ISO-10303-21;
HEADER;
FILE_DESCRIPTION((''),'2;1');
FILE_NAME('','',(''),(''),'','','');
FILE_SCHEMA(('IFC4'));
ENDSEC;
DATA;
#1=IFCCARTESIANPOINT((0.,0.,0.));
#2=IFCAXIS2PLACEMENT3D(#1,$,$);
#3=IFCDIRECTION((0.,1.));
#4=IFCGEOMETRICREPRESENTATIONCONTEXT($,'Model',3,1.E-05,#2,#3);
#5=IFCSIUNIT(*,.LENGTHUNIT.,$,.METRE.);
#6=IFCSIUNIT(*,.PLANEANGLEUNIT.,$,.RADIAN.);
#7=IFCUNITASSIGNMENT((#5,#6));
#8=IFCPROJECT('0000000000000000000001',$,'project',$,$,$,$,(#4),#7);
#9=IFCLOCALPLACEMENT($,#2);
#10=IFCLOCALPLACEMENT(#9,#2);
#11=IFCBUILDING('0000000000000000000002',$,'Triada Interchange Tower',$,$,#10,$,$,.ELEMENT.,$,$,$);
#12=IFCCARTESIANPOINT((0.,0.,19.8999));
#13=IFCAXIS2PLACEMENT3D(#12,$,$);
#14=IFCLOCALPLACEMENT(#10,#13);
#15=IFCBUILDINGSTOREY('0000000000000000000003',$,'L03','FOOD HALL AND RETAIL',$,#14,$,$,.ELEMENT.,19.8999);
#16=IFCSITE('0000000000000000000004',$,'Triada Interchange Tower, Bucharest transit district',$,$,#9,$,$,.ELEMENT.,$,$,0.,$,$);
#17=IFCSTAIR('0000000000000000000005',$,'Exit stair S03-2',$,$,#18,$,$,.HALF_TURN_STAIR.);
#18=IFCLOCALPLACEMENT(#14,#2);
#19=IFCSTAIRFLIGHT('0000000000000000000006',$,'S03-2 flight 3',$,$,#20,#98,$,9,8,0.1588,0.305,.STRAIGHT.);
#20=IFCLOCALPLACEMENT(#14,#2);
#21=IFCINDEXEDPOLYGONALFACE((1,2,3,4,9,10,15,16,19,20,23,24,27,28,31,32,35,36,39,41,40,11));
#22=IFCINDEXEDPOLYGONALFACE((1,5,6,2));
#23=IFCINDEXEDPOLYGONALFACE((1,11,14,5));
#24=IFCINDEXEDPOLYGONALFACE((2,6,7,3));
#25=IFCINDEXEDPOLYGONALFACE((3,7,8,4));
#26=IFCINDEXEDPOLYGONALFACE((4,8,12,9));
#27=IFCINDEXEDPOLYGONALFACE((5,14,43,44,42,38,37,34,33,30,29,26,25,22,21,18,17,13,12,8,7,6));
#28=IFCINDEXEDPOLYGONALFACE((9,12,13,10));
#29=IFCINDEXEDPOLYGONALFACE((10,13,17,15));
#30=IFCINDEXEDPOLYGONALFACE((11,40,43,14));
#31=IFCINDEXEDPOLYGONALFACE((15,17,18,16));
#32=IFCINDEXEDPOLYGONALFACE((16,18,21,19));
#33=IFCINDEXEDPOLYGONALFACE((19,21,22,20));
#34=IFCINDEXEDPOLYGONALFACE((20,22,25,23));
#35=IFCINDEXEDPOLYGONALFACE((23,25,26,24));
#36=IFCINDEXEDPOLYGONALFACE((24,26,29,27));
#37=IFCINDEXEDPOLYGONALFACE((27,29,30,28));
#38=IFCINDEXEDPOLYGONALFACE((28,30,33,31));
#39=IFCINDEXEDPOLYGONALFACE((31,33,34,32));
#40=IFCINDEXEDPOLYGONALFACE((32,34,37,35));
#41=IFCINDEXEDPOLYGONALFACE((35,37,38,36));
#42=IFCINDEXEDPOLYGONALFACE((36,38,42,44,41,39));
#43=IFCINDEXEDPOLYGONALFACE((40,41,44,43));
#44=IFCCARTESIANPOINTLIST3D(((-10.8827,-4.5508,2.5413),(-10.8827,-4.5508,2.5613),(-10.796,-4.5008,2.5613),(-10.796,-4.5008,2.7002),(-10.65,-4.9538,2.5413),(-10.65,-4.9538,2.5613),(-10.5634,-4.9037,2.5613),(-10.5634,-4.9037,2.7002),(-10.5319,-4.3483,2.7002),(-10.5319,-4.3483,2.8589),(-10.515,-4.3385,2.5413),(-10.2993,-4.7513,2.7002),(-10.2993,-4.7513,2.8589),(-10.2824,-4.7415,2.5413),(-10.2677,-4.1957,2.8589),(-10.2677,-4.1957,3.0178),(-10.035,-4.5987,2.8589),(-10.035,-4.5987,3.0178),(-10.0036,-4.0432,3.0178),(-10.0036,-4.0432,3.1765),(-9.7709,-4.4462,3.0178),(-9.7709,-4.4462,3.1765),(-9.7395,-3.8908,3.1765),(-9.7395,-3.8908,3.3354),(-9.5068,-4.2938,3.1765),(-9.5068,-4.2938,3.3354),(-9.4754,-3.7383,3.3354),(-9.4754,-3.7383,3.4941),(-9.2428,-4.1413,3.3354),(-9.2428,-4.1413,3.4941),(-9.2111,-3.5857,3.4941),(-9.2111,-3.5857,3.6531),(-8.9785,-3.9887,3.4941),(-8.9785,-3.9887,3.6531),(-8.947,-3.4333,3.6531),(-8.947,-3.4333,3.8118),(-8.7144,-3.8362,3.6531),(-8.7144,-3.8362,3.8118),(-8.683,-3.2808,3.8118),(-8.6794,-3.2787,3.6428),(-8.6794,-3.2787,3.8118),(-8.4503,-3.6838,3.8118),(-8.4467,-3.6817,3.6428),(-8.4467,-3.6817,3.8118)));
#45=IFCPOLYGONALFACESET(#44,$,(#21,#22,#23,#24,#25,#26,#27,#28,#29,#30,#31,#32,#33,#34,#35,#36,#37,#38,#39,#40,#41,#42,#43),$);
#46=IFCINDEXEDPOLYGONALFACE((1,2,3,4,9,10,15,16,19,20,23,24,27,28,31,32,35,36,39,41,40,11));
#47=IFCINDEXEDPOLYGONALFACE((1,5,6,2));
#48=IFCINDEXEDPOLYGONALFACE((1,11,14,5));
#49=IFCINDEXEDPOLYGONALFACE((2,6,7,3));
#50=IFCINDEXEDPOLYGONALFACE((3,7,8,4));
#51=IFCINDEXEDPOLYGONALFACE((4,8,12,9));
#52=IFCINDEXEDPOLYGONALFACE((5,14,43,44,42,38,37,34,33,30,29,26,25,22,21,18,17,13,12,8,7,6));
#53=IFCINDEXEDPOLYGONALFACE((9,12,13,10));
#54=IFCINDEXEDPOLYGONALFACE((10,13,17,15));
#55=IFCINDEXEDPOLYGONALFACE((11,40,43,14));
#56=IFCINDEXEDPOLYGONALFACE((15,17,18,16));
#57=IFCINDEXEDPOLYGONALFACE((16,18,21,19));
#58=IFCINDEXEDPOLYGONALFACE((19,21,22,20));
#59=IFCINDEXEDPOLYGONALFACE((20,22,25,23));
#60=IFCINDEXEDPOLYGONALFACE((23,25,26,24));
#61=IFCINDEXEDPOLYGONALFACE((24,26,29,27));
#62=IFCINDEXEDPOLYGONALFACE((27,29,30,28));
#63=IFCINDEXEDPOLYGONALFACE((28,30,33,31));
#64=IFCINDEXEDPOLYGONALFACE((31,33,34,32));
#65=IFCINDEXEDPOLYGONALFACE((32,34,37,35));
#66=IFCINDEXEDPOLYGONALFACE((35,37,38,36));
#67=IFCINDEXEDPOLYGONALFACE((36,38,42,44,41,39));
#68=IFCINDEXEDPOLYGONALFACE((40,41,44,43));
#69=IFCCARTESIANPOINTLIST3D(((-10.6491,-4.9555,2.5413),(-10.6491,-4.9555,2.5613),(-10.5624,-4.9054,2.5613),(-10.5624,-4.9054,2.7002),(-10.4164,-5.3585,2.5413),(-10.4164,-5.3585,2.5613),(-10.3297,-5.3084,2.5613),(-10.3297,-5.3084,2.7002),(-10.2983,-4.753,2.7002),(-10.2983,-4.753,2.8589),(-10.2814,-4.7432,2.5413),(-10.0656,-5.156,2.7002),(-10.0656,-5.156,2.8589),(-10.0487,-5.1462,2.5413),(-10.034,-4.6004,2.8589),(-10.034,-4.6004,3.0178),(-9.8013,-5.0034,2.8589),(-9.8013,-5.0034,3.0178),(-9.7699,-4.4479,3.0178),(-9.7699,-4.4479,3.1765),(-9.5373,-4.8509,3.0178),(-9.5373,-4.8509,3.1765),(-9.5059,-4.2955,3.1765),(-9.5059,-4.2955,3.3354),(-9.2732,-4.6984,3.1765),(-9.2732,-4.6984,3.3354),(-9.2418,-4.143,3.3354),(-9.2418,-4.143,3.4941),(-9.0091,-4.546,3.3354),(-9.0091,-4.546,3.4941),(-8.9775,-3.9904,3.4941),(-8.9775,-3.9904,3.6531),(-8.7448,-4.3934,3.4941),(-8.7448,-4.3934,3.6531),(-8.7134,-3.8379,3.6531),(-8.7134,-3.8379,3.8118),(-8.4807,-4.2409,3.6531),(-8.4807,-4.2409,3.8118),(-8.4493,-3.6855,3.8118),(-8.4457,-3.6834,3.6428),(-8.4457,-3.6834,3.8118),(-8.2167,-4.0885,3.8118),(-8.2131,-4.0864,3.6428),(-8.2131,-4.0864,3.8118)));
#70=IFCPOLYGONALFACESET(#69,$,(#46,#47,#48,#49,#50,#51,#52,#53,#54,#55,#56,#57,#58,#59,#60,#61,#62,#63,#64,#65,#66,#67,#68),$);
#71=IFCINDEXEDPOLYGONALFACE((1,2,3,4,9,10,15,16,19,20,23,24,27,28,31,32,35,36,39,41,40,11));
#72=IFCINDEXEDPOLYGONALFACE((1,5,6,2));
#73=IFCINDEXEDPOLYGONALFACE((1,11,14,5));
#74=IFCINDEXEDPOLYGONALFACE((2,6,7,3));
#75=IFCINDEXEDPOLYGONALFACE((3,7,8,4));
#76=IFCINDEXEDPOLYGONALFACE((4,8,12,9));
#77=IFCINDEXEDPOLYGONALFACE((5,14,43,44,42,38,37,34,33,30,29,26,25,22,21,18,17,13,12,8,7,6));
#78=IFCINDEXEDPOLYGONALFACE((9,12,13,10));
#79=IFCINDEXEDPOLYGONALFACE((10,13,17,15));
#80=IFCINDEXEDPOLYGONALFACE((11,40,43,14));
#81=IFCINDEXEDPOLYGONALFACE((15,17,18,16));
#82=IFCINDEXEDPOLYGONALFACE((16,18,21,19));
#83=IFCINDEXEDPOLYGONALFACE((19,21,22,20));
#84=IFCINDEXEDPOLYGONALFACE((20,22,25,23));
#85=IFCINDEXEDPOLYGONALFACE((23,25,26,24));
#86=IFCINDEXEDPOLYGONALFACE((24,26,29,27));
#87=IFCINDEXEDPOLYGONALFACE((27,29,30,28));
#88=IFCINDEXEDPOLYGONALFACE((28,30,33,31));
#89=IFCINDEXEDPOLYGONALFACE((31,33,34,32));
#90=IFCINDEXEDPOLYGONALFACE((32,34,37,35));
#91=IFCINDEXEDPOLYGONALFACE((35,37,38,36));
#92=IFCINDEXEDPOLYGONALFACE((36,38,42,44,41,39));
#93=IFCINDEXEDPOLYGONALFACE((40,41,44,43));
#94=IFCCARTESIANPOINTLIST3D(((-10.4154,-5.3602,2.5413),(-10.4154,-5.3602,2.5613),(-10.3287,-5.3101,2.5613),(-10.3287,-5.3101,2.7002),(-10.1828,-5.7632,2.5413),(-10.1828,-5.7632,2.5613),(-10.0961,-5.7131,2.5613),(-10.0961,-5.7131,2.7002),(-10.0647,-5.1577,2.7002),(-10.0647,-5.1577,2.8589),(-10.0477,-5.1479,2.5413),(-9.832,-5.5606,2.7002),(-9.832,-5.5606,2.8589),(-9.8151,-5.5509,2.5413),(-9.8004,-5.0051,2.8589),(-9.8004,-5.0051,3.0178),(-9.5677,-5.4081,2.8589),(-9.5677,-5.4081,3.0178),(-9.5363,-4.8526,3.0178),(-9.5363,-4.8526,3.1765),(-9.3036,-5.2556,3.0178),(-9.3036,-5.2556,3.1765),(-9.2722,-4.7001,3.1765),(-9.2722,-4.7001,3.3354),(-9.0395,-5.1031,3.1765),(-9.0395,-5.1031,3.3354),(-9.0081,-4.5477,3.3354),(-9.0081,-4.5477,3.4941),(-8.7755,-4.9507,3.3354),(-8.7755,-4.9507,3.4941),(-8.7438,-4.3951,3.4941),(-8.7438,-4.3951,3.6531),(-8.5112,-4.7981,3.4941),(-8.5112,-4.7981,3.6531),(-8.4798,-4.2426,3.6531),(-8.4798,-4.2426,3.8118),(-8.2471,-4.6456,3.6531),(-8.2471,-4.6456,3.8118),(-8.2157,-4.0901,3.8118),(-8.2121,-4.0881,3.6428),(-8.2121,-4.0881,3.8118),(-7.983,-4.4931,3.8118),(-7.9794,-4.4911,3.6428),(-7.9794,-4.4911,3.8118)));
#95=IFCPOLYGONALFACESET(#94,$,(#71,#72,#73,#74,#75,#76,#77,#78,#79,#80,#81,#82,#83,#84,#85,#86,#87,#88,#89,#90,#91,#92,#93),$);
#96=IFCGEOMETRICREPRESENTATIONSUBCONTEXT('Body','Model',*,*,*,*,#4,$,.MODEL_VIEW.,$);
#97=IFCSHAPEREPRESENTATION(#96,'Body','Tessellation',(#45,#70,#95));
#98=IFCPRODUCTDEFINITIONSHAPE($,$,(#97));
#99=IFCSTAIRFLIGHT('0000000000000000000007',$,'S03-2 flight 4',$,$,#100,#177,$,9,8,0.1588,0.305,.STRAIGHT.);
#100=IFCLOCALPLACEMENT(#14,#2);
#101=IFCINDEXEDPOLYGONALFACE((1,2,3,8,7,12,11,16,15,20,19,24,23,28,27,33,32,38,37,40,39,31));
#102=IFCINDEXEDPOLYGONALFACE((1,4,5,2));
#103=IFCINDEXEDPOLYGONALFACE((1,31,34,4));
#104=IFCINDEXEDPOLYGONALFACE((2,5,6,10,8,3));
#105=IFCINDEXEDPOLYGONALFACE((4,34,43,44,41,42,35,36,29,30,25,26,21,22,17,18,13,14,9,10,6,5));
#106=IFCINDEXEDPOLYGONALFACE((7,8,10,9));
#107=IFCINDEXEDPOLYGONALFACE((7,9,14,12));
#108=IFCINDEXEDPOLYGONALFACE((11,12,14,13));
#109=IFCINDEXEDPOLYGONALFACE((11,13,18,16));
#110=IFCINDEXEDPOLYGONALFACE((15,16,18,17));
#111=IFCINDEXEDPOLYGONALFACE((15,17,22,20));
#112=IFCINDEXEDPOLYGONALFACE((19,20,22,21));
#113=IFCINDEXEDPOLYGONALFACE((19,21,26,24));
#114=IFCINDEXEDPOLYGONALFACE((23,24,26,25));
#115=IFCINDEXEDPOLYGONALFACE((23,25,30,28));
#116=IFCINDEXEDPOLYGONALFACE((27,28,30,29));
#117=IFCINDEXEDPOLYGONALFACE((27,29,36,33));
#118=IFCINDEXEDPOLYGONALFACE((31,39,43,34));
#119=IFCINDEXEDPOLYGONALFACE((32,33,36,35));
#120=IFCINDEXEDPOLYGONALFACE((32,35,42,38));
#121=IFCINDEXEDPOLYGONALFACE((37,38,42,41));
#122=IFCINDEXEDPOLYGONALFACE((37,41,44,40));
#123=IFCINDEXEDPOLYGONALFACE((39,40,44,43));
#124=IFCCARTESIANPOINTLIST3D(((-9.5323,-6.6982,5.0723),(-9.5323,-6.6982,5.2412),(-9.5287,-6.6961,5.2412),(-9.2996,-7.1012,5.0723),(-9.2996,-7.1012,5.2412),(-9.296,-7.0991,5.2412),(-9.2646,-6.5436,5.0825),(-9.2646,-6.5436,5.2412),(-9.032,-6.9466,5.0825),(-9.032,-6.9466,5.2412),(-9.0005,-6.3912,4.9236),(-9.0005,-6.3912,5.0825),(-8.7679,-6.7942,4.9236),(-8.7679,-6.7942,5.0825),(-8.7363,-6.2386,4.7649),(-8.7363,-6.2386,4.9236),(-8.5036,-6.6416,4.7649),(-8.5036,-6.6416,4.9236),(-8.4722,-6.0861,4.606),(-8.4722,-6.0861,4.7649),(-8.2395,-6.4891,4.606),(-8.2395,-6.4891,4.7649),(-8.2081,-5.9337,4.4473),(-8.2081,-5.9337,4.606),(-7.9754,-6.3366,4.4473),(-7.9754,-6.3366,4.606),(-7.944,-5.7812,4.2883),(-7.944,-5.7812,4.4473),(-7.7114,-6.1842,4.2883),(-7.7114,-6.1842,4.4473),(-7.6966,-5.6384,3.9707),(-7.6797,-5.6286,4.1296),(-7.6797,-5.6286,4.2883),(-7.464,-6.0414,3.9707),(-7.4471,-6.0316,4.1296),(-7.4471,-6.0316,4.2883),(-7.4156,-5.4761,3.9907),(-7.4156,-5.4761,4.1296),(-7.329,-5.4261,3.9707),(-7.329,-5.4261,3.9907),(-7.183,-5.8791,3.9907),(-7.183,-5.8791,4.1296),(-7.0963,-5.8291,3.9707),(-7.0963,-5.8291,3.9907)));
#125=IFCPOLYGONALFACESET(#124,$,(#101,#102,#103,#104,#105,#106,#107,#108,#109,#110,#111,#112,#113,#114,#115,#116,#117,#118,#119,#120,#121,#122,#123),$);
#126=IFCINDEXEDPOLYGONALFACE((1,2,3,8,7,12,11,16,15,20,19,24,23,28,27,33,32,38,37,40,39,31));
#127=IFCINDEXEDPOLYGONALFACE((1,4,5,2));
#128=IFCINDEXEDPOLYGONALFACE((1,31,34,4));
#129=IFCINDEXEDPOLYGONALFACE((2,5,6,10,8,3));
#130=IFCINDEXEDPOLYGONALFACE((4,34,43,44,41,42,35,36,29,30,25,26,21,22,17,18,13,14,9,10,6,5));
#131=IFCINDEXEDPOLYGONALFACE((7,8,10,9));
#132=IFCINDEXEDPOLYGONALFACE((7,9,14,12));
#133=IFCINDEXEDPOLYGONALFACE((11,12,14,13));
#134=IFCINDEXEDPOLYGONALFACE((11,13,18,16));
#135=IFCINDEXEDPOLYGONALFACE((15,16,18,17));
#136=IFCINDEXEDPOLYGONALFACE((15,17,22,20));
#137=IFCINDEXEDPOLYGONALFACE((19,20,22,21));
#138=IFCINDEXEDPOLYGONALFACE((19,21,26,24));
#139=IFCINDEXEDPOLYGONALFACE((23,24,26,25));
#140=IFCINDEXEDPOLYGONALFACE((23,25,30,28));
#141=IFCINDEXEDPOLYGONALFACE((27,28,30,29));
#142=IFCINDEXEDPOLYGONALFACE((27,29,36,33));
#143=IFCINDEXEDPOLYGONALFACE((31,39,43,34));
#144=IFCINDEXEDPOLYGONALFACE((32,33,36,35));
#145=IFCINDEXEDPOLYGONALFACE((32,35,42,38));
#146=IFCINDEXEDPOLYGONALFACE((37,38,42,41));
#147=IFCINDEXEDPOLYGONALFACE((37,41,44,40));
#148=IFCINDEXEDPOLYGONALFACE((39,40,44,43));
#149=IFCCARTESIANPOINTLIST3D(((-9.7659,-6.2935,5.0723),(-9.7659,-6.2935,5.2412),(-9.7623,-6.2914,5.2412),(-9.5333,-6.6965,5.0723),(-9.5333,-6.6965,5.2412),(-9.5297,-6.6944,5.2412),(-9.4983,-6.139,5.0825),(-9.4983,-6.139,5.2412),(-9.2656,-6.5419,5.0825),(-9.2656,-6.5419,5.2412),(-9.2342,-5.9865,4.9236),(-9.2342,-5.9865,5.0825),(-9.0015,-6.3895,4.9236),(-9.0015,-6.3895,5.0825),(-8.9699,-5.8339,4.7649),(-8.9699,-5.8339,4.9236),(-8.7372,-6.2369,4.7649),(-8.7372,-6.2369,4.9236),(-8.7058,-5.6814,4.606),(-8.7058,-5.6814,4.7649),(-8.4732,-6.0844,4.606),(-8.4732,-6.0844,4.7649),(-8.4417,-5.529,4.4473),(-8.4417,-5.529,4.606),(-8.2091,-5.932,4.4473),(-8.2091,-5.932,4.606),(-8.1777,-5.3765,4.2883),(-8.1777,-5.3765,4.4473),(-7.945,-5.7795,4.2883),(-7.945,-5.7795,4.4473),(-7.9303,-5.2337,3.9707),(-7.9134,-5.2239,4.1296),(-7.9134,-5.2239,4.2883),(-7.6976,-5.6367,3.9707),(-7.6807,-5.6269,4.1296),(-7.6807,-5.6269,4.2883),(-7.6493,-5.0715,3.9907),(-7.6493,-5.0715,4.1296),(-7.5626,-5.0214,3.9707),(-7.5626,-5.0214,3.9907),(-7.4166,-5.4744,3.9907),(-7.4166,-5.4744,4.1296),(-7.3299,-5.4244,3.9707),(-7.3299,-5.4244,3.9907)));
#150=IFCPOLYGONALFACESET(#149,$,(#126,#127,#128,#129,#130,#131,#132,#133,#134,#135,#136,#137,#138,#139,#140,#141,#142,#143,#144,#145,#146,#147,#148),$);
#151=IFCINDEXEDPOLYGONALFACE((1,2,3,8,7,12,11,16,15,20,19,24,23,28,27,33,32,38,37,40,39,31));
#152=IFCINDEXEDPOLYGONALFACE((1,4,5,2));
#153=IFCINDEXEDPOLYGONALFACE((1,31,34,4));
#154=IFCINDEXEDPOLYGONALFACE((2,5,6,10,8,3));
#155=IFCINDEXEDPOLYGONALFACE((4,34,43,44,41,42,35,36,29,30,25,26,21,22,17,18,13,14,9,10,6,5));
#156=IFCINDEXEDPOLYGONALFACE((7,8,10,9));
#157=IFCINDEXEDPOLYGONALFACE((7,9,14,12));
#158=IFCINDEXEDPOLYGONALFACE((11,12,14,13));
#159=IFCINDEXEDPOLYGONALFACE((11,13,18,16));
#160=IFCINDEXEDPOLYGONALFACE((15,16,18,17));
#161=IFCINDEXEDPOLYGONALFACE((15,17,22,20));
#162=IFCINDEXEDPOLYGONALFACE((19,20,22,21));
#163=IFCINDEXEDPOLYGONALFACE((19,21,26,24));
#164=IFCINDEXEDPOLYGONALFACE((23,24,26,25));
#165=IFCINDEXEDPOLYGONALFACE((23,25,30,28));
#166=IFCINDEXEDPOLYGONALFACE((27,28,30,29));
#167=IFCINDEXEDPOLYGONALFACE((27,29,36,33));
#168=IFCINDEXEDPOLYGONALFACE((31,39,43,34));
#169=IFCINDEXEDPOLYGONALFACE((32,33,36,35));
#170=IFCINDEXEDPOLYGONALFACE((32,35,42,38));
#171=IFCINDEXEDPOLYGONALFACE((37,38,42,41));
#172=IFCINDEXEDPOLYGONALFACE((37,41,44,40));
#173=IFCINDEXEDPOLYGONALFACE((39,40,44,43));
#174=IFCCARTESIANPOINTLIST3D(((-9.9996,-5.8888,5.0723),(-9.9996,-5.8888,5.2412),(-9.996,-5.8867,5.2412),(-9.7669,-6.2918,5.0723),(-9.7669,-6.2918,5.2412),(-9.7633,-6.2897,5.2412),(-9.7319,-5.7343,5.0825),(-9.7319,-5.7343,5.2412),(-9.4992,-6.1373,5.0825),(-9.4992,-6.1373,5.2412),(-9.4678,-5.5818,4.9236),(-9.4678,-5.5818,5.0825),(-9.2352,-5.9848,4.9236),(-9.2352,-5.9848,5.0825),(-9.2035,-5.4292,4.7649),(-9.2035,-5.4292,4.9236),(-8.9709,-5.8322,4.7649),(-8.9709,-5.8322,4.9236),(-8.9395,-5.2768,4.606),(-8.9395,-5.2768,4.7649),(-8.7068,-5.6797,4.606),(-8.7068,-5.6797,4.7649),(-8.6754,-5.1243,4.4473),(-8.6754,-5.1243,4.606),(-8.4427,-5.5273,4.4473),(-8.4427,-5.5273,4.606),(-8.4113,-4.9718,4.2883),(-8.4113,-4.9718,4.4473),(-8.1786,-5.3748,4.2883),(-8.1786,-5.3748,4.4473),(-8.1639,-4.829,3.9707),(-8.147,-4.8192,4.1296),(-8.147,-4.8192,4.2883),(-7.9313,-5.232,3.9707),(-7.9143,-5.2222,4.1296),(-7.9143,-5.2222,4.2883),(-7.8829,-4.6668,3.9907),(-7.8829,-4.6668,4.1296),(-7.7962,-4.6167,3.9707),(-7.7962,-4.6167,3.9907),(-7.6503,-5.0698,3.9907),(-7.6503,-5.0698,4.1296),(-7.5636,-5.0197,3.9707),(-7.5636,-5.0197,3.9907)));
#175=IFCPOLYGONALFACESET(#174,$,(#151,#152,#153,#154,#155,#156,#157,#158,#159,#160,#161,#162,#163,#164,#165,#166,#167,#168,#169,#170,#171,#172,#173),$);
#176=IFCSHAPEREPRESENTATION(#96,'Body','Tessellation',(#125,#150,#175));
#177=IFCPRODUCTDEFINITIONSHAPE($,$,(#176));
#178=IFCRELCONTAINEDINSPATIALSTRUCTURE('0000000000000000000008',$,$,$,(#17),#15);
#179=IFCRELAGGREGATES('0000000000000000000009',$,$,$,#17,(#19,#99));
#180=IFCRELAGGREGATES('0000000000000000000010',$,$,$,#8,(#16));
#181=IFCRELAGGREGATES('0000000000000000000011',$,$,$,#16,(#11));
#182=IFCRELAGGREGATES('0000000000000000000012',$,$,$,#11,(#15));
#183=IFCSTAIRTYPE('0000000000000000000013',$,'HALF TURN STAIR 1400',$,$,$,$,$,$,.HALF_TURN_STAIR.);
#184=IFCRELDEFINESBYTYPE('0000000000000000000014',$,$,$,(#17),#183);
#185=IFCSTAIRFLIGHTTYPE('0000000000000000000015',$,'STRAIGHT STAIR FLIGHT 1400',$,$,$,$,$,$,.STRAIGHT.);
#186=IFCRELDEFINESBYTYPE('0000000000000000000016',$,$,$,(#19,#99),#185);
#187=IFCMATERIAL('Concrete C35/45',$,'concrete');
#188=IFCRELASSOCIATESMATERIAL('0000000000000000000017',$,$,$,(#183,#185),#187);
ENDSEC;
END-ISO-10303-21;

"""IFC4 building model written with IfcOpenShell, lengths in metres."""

from ifc_helpers import new_model, si_unit, direction, frame, origin, place, context, subcontext, project, spatial, polyline, outline, extrude, material, type_object, element, aggregate, save


model = new_model("IFC4")

# Units and contexts
model_context = context("Model", 3, precision=1e-05, world=origin(), true_north=direction((0.0, 1.0)))
body_context = subcontext(model_context, "Body", "Model", "MODEL_VIEW")
ifc_project = project(units=[si_unit("LENGTHUNIT", "METRE"), si_unit("PLANEANGLEUNIT", "RADIAN")], contexts=[model_context])

# Site, building, storey
site_placement = place(None, origin())
site = spatial("IfcSite", under=ifc_project, at=site_placement, Name="Triada Interchange Tower, Bucharest transit district", CompositionType="ELEMENT", RefElevation=0.0)
building_placement = place(site_placement, origin())
building = spatial("IfcBuilding", under=site, at=building_placement, Name="Triada Interchange Tower", CompositionType="ELEMENT")
storey_placement = place(building_placement, frame((0.0, 0.0, 19.8999)))
storey = spatial("IfcBuildingStorey", under=building, at=storey_placement, Name="L03", Description="FOOD HALL AND RETAIL", CompositionType="ELEMENT", Elevation=19.8999)

# Shared definitions
ifc_material_1 = material(Name="Concrete C35/45", Category="concrete")

# Stair, stair flights
stair_type = type_object("IfcStairType", Name="HALF TURN STAIR 1400", PredefinedType="HALF_TURN_STAIR", material=ifc_material_1)
stair_placement = place(storey_placement, origin())
stair = element("IfcStair", 1, at=stair_placement, inside=storey, type_object=stair_type, Name="Exit stair S03-2", PredefinedType="HALF_TURN_STAIR")
stair_flight_type = type_object("IfcStairFlightType", Name="STRAIGHT STAIR FLIGHT 1400", PredefinedType="STRAIGHT", material=ifc_material_1)
stair_flight_1_placement = place(storey_placement, frame((-10.446, -5.1069, 2.5413), z_axis=(0.0, 0.0, 1.0), x_axis=(0.866025, 0.5, 0.0)))
stair_flight_1 = element("IfcStairFlight", 2, at=stair_flight_1_placement, type_object=stair_flight_type, Name="S03-2 flight 3", NumberOfRisers=9, NumberOfTreads=8, PredefinedType="STRAIGHT", RiserHeight=0.1588, TreadLength=0.305, context=body_context, shape_type="SweptSolid", body=[
    extrude(outline(polyline([(-0.1001, 0.0), (-0.1001, 0.02), (0.0, 0.02), (0.0, 0.1589), (0.3049, 0.1589), (0.3049, 0.3176), (0.6101, 0.3176), (0.6101, 0.4766), (0.915, 0.4766), (0.915, 0.6353), (1.22, 0.6353), (1.22, 0.7942), (1.5249, 0.7942), (1.5249, 0.9529), (1.8301, 0.9529), (1.8301, 1.1118), (2.135, 1.1118), (2.135, 1.2705), (2.4399, 1.2705), (2.4441, 1.2705), (2.4441, 1.4294), (2.4441, 1.1016), (0.3245, 0.0), (-0.1001, 0.0)])), frame((0.0, 0.7, 0.0), z_axis=(0.0, -1.0, 0.0), x_axis=(1.0, 0.0, 0.0)), (0.0, 0.0, 1.0), 0.4653),
    extrude(outline(polyline([(-0.1001, 0.0), (-0.1001, 0.02), (0.0, 0.02), (0.0, 0.1589), (0.3049, 0.1589), (0.3049, 0.3176), (0.6101, 0.3176), (0.6101, 0.4766), (0.915, 0.4766), (0.915, 0.6353), (1.22, 0.6353), (1.22, 0.7942), (1.5249, 0.7942), (1.5249, 0.9529), (1.8301, 0.9529), (1.8301, 1.1118), (2.135, 1.1118), (2.135, 1.2705), (2.4399, 1.2705), (2.4441, 1.2705), (2.4441, 1.4294), (2.4441, 1.1016), (0.3245, 0.0), (-0.1001, 0.0)])), frame((0.0, 0.2327, 0.0), z_axis=(0.0, -1.0, 0.0), x_axis=(1.0, 0.0, 0.0)), (0.0, 0.0, 1.0), 0.4653),
    extrude(outline(polyline([(-0.1001, 0.0), (-0.1001, 0.02), (0.0, 0.02), (0.0, 0.1589), (0.3049, 0.1589), (0.3049, 0.3176), (0.6101, 0.3176), (0.6101, 0.4766), (0.915, 0.4766), (0.915, 0.6353), (1.22, 0.6353), (1.22, 0.7942), (1.5249, 0.7942), (1.5249, 0.9529), (1.8301, 0.9529), (1.8301, 1.1118), (2.135, 1.1118), (2.135, 1.2705), (2.4399, 1.2705), (2.4441, 1.2705), (2.4441, 1.4294), (2.4441, 1.1016), (0.3245, 0.0), (-0.1001, 0.0)])), frame((0.0, -0.2346, 0.0), z_axis=(0.0, -1.0, 0.0), x_axis=(1.0, 0.0, 0.0)), (0.0, 0.0, 1.0), 0.4653),
])
stair_flight_2_placement = place(storey_placement, frame((-7.533, -5.2729, 3.9707), z_axis=(0.0, 0.0, 1.0), x_axis=(-0.866025, -0.5, 0.0)))
stair_flight_2 = element("IfcStairFlight", 3, at=stair_flight_2_placement, type_object=stair_flight_type, Name="S03-2 flight 4", NumberOfRisers=9, NumberOfTreads=8, PredefinedType="STRAIGHT", RiserHeight=0.1588, TreadLength=0.305, context=body_context, shape_type="SweptSolid", body=[
    extrude(outline(polyline([(-0.1001, 0.0), (-0.1001, 0.02), (0.0, 0.02), (0.0, 0.1589), (0.3049, 0.1589), (0.3049, 0.3176), (0.6101, 0.3176), (0.6101, 0.4766), (0.915, 0.4766), (0.915, 0.6353), (1.22, 0.6353), (1.22, 0.7942), (1.5249, 0.7942), (1.5249, 0.9529), (1.8301, 0.9529), (1.8301, 1.1118), (2.135, 1.1118), (2.135, 1.2705), (2.4399, 1.2705), (2.4441, 1.2705), (2.4441, 1.4294), (2.4441, 1.1016), (0.3245, 0.0), (-0.1001, 0.0)])), frame((0.0, 0.7, 0.0), z_axis=(0.0, -1.0, 0.0), x_axis=(1.0, 0.0, 0.0)), (0.0, 0.0, 1.0), 0.4653),
    extrude(outline(polyline([(-0.1001, 0.0), (-0.1001, 0.02), (0.0, 0.02), (0.0, 0.1589), (0.3049, 0.1589), (0.3049, 0.3176), (0.6101, 0.3176), (0.6101, 0.4766), (0.915, 0.4766), (0.915, 0.6353), (1.22, 0.6353), (1.22, 0.7942), (1.5249, 0.7942), (1.5249, 0.9529), (1.8301, 0.9529), (1.8301, 1.1118), (2.135, 1.1118), (2.135, 1.2705), (2.4399, 1.2705), (2.4441, 1.2705), (2.4441, 1.4294), (2.4441, 1.1016), (0.3245, 0.0), (-0.1001, 0.0)])), frame((0.0, 0.2327, 0.0), z_axis=(0.0, -1.0, 0.0), x_axis=(1.0, 0.0, 0.0)), (0.0, 0.0, 1.0), 0.4653),
    extrude(outline(polyline([(-0.1001, 0.0), (-0.1001, 0.02), (0.0, 0.02), (0.0, 0.1589), (0.3049, 0.1589), (0.3049, 0.3176), (0.6101, 0.3176), (0.6101, 0.4766), (0.915, 0.4766), (0.915, 0.6353), (1.22, 0.6353), (1.22, 0.7942), (1.5249, 0.7942), (1.5249, 0.9529), (1.8301, 0.9529), (1.8301, 1.1118), (2.135, 1.1118), (2.135, 1.2705), (2.4399, 1.2705), (2.4441, 1.2705), (2.4441, 1.4294), (2.4441, 1.1016), (0.3245, 0.0), (-0.1001, 0.0)])), frame((0.0, -0.2346, 0.0), z_axis=(0.0, -1.0, 0.0), x_axis=(1.0, 0.0, 0.0)), (0.0, 0.0, 1.0), 0.4653),
])
aggregate(stair, [stair_flight_1, stair_flight_2])

save(model, "model.ifc")
